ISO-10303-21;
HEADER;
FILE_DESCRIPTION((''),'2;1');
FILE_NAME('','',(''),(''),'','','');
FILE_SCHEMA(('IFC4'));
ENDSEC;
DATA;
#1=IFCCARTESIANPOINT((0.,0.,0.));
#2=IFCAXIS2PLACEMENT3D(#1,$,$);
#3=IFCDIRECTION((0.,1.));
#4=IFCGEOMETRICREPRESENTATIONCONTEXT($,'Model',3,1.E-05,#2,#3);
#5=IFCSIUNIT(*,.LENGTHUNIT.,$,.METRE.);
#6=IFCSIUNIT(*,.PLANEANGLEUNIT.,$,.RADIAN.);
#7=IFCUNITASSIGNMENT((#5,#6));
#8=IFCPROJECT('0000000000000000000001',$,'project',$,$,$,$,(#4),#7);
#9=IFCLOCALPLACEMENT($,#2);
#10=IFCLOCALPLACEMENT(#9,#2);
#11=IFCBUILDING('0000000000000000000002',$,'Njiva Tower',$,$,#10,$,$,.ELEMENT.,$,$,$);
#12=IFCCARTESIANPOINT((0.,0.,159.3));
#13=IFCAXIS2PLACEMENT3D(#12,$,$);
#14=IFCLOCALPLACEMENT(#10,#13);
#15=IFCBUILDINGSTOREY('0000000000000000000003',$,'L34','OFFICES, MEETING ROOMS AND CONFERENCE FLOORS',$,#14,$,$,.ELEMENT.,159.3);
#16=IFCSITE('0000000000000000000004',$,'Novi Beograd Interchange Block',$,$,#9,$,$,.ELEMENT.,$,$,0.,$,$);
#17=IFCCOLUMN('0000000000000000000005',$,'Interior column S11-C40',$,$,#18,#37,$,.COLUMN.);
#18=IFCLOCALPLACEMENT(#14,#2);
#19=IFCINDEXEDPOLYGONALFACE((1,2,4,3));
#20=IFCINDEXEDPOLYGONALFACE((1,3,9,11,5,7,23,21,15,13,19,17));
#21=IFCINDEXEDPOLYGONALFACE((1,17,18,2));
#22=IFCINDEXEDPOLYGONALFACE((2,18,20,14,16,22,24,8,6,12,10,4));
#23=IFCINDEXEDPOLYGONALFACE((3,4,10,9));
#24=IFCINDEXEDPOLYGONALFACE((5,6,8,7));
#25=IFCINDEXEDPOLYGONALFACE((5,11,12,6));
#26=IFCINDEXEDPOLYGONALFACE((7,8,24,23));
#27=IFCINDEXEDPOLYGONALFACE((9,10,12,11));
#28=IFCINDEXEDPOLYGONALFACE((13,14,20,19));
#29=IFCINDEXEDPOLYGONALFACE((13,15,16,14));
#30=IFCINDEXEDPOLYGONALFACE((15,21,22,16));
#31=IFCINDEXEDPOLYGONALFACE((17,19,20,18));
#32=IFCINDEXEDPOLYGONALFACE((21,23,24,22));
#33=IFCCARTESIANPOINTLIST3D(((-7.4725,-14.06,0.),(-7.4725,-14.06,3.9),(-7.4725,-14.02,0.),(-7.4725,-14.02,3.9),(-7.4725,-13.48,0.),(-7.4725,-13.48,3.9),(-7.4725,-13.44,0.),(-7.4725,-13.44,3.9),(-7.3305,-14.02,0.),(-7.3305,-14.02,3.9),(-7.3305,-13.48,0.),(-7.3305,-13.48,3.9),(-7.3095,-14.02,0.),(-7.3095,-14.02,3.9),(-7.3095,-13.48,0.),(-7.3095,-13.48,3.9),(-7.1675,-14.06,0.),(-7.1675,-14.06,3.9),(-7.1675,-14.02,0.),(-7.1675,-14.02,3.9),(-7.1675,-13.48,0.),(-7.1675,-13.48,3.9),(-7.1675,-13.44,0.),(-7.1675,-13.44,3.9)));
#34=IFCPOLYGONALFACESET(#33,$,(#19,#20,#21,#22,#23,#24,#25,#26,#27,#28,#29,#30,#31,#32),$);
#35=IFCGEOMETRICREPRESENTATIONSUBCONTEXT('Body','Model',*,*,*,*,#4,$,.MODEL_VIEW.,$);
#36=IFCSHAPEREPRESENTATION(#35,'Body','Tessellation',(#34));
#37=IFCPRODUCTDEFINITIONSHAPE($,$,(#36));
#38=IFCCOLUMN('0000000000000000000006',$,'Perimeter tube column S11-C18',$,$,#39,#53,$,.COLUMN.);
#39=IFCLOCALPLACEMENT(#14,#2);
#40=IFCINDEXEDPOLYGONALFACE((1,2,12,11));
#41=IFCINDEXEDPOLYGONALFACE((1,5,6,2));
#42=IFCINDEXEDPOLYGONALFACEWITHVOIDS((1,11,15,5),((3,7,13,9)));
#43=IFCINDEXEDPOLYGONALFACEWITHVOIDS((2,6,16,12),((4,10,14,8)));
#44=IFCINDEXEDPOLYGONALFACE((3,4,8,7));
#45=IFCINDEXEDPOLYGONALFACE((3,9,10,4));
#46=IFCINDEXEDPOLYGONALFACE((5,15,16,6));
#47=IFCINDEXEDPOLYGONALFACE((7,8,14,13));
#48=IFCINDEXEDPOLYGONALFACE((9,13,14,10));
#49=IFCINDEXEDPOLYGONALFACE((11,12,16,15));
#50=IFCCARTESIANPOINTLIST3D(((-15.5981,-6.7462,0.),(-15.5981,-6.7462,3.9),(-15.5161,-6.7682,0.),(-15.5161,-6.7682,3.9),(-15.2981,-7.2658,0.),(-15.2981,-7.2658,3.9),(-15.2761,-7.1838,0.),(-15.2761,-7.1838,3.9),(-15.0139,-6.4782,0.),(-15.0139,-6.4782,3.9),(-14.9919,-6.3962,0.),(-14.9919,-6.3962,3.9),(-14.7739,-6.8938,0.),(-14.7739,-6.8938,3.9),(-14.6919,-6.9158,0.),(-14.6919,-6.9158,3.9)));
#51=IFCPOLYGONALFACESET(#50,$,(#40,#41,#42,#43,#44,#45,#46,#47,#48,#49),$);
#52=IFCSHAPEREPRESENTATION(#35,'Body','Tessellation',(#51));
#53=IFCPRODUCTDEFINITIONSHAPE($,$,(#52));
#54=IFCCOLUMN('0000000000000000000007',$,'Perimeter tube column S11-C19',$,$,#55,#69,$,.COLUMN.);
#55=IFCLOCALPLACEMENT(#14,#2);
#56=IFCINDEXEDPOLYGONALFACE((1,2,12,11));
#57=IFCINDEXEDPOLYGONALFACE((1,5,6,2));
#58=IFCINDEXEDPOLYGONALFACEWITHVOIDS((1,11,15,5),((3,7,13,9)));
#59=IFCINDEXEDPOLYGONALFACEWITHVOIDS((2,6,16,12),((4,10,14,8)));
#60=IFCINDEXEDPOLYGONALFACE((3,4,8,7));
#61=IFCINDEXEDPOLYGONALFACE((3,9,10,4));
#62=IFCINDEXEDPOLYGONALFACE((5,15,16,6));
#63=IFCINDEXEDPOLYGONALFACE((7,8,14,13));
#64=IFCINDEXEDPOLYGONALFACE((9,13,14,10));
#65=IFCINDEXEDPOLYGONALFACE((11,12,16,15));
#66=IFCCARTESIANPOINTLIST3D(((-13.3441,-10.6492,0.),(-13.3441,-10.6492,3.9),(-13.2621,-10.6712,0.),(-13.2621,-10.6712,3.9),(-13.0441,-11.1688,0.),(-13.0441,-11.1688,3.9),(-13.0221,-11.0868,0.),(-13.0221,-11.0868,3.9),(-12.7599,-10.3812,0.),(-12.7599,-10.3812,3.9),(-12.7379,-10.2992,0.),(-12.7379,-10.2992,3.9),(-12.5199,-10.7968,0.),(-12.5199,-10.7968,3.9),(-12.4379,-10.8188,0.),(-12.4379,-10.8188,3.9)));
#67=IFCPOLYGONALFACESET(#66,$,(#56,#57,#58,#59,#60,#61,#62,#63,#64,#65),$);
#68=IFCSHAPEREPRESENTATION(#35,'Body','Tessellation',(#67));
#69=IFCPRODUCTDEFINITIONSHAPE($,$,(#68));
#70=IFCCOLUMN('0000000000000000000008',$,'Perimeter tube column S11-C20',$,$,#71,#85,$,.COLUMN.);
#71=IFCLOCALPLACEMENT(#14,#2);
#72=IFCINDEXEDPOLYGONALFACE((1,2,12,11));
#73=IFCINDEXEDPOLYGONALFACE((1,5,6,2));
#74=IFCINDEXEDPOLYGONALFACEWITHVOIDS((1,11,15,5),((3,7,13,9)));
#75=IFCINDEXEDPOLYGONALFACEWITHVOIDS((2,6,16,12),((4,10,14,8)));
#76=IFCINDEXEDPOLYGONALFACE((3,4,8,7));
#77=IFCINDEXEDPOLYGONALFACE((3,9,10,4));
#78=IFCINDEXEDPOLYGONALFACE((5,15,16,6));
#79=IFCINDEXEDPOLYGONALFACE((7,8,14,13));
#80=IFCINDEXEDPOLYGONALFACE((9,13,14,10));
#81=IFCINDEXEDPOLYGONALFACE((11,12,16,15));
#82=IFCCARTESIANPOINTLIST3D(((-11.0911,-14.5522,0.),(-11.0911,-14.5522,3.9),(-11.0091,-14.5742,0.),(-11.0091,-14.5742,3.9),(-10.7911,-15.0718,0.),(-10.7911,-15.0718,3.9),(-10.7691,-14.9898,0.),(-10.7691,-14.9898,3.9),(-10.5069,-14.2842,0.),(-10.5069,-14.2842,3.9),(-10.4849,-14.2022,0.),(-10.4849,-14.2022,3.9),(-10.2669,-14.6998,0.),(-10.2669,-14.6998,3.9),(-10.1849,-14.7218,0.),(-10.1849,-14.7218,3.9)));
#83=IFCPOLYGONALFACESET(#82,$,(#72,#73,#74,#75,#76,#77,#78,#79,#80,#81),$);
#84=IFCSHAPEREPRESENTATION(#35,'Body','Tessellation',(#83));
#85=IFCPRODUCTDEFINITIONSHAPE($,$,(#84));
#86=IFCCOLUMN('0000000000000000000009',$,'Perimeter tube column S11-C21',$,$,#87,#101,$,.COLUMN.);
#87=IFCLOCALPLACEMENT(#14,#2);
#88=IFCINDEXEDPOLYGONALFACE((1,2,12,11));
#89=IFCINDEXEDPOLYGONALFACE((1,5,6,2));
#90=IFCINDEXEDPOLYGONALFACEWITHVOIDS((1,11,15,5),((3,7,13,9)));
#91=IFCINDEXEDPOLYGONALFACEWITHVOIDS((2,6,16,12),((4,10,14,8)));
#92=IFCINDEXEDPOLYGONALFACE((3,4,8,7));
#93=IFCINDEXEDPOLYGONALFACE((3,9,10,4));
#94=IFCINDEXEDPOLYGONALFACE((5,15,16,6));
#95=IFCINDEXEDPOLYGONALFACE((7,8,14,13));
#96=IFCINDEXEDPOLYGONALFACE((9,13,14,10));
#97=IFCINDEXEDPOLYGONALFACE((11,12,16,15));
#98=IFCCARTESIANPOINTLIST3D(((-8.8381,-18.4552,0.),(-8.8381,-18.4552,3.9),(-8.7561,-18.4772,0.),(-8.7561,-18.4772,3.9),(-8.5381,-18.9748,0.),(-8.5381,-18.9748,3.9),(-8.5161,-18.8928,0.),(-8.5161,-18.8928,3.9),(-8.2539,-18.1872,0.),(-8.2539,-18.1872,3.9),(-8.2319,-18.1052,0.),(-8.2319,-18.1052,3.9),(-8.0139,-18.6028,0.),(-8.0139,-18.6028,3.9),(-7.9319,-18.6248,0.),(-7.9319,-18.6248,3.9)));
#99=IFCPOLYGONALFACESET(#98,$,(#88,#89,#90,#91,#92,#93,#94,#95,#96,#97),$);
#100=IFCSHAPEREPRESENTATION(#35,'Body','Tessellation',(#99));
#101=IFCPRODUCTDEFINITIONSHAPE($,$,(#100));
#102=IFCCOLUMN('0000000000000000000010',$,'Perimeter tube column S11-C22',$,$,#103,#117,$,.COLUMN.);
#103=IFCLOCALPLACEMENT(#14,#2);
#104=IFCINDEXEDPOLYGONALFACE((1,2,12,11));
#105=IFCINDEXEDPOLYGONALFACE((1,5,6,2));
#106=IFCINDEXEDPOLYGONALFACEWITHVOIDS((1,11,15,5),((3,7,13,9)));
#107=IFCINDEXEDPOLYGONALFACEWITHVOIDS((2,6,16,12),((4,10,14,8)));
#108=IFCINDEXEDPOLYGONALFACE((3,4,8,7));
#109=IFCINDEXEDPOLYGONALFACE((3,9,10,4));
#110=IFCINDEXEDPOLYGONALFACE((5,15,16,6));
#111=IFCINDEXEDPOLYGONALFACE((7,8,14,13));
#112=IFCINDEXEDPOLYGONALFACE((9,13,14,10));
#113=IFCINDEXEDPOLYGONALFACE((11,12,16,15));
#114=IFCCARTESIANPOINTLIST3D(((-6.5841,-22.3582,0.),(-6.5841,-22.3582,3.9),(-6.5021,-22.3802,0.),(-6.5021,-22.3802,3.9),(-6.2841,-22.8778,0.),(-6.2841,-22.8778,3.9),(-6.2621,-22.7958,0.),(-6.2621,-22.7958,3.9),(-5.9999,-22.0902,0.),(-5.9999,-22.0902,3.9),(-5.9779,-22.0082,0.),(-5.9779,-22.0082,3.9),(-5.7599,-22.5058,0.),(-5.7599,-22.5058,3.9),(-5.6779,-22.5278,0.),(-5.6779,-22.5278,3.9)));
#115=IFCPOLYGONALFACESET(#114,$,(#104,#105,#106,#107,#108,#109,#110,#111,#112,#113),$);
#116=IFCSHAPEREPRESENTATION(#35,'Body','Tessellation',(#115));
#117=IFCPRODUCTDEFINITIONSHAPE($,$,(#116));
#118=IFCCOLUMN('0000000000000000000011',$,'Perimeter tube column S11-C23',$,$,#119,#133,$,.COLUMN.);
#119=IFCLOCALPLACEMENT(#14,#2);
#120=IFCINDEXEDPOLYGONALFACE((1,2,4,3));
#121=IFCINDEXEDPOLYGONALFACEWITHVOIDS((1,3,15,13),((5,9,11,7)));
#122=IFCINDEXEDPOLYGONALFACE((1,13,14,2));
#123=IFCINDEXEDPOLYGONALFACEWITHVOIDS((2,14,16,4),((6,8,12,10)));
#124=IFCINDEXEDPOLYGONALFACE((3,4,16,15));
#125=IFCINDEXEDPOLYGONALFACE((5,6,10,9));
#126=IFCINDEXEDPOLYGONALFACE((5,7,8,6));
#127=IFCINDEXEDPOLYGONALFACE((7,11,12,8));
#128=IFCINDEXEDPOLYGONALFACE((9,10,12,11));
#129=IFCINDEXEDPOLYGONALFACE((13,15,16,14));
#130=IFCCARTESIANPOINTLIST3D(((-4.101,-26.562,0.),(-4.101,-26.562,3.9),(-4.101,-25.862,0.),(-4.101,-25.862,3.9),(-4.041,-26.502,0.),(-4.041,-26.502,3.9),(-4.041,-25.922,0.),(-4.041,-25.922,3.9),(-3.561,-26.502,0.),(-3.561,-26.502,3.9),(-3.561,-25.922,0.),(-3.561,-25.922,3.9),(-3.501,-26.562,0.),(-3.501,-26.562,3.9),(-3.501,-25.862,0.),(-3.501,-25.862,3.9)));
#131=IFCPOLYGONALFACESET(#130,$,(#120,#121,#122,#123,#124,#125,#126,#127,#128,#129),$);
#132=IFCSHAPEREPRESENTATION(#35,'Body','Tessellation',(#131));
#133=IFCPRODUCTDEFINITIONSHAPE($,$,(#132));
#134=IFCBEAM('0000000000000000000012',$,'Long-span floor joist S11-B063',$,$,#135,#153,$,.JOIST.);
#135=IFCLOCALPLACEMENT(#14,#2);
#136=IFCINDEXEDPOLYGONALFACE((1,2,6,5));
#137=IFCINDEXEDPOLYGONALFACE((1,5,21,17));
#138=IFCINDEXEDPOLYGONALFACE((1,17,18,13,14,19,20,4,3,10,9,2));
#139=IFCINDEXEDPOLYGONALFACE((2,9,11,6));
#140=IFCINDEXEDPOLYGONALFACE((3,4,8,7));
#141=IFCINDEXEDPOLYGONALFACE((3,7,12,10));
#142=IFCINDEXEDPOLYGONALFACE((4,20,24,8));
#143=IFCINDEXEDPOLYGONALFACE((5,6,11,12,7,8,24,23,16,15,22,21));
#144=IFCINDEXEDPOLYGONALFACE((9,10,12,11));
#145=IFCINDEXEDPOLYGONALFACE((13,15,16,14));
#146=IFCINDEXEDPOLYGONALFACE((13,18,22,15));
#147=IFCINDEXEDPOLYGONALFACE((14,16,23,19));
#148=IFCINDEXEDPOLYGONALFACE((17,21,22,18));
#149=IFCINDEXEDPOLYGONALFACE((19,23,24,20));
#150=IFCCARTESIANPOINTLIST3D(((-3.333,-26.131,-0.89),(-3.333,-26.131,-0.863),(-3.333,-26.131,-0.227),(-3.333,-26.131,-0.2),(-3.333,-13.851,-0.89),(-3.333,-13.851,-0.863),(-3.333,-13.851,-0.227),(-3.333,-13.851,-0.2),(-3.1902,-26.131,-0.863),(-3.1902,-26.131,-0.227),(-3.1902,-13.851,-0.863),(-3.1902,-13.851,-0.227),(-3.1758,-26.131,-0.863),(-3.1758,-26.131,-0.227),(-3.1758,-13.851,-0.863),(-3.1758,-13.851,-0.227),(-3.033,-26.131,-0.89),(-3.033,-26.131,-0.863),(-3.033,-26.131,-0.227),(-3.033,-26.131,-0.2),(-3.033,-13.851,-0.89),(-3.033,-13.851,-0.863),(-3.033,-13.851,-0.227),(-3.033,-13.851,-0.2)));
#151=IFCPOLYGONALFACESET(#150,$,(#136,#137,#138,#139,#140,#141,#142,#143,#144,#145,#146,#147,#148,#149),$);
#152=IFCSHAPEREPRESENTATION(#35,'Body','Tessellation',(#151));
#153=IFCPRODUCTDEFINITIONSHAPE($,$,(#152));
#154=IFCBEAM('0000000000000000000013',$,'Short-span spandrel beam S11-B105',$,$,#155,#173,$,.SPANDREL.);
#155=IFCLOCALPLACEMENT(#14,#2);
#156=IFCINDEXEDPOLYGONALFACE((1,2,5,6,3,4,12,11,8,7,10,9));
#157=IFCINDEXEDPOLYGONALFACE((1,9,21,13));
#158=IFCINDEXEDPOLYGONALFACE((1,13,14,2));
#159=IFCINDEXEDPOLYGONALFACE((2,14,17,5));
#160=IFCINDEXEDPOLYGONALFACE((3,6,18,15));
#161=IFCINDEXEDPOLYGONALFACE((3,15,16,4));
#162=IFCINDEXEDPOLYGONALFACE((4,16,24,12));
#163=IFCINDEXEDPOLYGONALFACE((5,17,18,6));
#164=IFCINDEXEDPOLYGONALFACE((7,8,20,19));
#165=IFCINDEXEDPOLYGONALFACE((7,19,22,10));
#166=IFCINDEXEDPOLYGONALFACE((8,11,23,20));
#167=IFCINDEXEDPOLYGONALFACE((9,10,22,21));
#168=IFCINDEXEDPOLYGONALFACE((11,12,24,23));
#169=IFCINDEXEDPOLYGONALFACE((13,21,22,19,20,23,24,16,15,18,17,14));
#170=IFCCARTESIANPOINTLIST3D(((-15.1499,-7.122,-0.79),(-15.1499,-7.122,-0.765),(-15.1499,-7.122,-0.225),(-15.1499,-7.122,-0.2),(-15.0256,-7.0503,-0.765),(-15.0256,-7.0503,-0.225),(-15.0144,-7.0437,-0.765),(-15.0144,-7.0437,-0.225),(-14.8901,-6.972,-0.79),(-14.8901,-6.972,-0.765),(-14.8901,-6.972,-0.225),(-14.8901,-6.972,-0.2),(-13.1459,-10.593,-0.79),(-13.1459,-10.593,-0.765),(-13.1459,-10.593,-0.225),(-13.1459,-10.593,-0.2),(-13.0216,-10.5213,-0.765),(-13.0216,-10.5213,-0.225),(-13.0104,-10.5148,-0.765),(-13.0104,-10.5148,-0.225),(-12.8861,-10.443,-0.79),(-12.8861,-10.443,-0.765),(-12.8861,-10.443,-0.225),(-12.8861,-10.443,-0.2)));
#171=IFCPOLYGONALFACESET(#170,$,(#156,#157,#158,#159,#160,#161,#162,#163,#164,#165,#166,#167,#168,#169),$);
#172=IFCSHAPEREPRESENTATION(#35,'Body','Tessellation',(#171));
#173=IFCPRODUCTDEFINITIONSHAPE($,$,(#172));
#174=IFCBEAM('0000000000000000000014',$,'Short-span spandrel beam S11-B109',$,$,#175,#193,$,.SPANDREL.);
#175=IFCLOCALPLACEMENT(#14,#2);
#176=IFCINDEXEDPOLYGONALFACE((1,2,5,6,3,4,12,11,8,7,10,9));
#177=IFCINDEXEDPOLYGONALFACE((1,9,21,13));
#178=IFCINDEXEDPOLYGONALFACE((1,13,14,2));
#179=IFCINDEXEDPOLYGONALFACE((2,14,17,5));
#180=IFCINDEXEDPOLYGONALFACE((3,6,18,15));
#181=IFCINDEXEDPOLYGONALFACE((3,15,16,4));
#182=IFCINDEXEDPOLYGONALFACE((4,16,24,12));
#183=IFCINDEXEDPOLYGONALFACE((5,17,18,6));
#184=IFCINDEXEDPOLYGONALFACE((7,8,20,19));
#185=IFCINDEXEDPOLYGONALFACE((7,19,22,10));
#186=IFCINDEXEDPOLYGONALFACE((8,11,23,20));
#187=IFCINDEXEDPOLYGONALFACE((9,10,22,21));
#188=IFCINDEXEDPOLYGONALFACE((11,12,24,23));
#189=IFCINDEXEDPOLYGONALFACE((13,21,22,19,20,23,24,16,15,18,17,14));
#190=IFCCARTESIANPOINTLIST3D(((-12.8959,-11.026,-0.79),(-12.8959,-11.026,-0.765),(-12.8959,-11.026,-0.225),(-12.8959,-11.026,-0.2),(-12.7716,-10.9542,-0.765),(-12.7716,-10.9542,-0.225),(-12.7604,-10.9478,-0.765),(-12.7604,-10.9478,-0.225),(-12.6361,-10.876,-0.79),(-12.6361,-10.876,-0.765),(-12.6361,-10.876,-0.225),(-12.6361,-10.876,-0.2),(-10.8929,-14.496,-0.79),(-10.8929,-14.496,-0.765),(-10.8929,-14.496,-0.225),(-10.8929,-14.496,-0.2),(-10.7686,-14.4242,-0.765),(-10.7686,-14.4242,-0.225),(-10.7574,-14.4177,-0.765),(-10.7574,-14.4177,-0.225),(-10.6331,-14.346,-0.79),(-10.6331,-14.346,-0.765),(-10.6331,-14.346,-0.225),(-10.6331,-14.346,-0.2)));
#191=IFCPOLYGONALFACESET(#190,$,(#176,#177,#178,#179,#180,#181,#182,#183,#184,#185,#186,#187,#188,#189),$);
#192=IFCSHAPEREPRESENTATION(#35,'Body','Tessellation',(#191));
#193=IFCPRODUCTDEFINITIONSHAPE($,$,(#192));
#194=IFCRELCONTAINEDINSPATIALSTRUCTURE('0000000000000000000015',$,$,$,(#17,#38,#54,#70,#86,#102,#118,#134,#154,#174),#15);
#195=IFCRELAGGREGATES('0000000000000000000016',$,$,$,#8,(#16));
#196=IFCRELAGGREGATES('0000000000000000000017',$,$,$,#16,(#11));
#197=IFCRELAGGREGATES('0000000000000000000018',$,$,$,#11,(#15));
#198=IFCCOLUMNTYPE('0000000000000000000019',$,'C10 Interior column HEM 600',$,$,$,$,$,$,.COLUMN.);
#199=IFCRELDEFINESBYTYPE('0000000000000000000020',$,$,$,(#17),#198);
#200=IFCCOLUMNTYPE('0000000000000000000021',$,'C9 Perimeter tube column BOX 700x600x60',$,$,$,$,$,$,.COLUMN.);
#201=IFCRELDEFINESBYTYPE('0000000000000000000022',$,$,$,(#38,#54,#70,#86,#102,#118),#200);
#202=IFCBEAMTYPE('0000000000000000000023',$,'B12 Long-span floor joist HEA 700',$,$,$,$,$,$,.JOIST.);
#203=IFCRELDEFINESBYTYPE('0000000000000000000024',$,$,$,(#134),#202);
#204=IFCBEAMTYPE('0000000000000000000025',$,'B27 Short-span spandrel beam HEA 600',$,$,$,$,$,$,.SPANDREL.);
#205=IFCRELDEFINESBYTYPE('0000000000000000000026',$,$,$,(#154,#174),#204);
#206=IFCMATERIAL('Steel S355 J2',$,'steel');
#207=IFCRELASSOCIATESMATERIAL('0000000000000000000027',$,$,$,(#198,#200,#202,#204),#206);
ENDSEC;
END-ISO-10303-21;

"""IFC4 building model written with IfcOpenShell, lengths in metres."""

from ifc_helpers import new_model, si_unit, direction, frame, origin, origin_2d, place, context, subcontext, project, spatial, hollow_rectangle, i_section, extrude, material, material_profile, profile_set, type_object, element, save


model = new_model("IFC4")

# Units and contexts
model_context = context("Model", 3, precision=1e-05, world=origin(), true_north=direction((0.0, 1.0)))
body_context = subcontext(model_context, "Body", "Model", "MODEL_VIEW")
ifc_project = project(units=[si_unit("LENGTHUNIT", "METRE"), si_unit("PLANEANGLEUNIT", "RADIAN")], contexts=[model_context])

# Site, building, storey
site_placement = place(None, origin())
site = spatial("IfcSite", under=ifc_project, at=site_placement, Name="Novi Beograd Interchange Block", CompositionType="ELEMENT", RefElevation=0.0)
building_placement = place(site_placement, origin())
building = spatial("IfcBuilding", under=site, at=building_placement, Name="Njiva Tower", CompositionType="ELEMENT")
storey_placement = place(building_placement, frame((0.0, 0.0, 159.3)))
storey = spatial("IfcBuildingStorey", under=building, at=storey_placement, Name="L34", Description="OFFICES, MEETING ROOMS AND CONFERENCE FLOORS", CompositionType="ELEMENT", Elevation=159.3)

# Columns
ifc_material_1 = material(Name="Steel S355 J2", Category="steel")
ifc_material_profile_1 = material_profile(ifc_material_1, i_section(OverallWidth=0.305, OverallDepth=0.62, WebThickness=0.021, FlangeThickness=0.04, at=origin_2d()), Name="HEM 600")
ifc_profile_set_1 = profile_set([ifc_material_profile_1], Name="Steel S355 J2")
column_type_1 = type_object("IfcColumnType", Name="C10 Interior column HEM 600", PredefinedType="COLUMN", material=ifc_profile_set_1)
column_placement = place(storey_placement, frame((-7.32, -13.75, 0.0), z_axis=(0.0, 0.0, 1.0), x_axis=(1.0, 0.0, 0.0)))
element("IfcColumn", 1, at=column_placement, inside=storey, type_object=column_type_1, Name="Interior column S11-C40", PredefinedType="COLUMN", context=body_context, shape_type="SweptSolid", body=[
    extrude(i_section(OverallWidth=0.305, OverallDepth=0.62, WebThickness=0.021, FlangeThickness=0.04, at=origin_2d()), origin(), (0.0, 0.0, 1.0), 3.9),
])
ifc_material_profile_2 = material_profile(ifc_material_1, hollow_rectangle(XDim=0.6, YDim=0.7, WallThickness=0.06, at=origin_2d()), Name="BOX 700x600x60")
ifc_profile_set_2 = profile_set([ifc_material_profile_2], Name="Steel S355 J2")
column_type_2 = type_object("IfcColumnType", Name="C9 Perimeter tube column BOX 700x600x60", PredefinedType="COLUMN", material=ifc_profile_set_2)
for number, where, z_axis, x_axis, name in (
    (2, (-15.145, -6.831, 0.0), (0.0, 0.0, 1.0), (0.5, -0.866025, 0.0), "Perimeter tube column S11-C18"),
    (3, (-12.891, -10.734, 0.0), (0.0, 0.0, 1.0), (0.5, -0.866025, 0.0), "Perimeter tube column S11-C19"),
    (4, (-10.638, -14.637, 0.0), (0.0, 0.0, 1.0), (0.5, -0.866025, 0.0), "Perimeter tube column S11-C20"),
    (5, (-8.385, -18.54, 0.0), (0.0, 0.0, 1.0), (0.5, -0.866025, 0.0), "Perimeter tube column S11-C21"),
    (6, (-6.131, -22.443, 0.0), (0.0, 0.0, 1.0), (0.5, -0.866025, 0.0), "Perimeter tube column S11-C22"),
    (7, (-3.801, -26.212, 0.0), (0.0, 0.0, 1.0), (1.0, 0.0, 0.0), "Perimeter tube column S11-C23"),
):
    element("IfcColumn", number, at=place(storey_placement, frame(where, z_axis=z_axis, x_axis=x_axis)), inside=storey, type_object=column_type_2, Name=name, PredefinedType="COLUMN", context=body_context, shape_type="SweptSolid", body=[
        extrude(hollow_rectangle(XDim=0.6, YDim=0.7, WallThickness=0.06, at=origin_2d()), origin(), (0.0, 0.0, 1.0), 3.9),
    ])

# Beams
ifc_material_profile_3 = material_profile(ifc_material_1, i_section(OverallWidth=0.3, OverallDepth=0.69, WebThickness=0.0145, FlangeThickness=0.027, at=origin_2d()), Name="HEA 700")
ifc_profile_set_3 = profile_set([ifc_material_profile_3], Name="Steel S355 J2")
beam_type_1 = type_object("IfcBeamType", Name="B12 Long-span floor joist HEA 700", PredefinedType="JOIST", material=ifc_profile_set_3)
beam_1_placement = place(storey_placement, frame((-3.183, -13.851, -0.545), z_axis=(0.0, -1.0, 0.0), x_axis=(1.0, 0.0, 0.0)))
element("IfcBeam", 8, at=beam_1_placement, inside=storey, type_object=beam_type_1, Name="Long-span floor joist S11-B063", PredefinedType="JOIST", context=body_context, shape_type="SweptSolid", body=[
    extrude(i_section(OverallWidth=0.3, OverallDepth=0.69, WebThickness=0.0145, FlangeThickness=0.027, at=origin_2d()), origin(), (0.0, 0.0, 1.0), 12.28),
])
ifc_material_profile_4 = material_profile(ifc_material_1, i_section(OverallWidth=0.3, OverallDepth=0.59, WebThickness=0.013, FlangeThickness=0.025, at=origin_2d()), Name="HEA 600")
ifc_profile_set_4 = profile_set([ifc_material_profile_4], Name="Steel S355 J2")
beam_type_2 = type_object("IfcBeamType", Name="B27 Short-span spandrel beam HEA 600", PredefinedType="SPANDREL", material=ifc_profile_set_4)
beam_2_placement = place(storey_placement, frame((-15.02, -7.047, -0.495), z_axis=(0.500003, -0.866024, 0.0), x_axis=(0.866024, 0.500003, 0.0)))
element("IfcBeam", 9, at=beam_2_placement, inside=storey, type_object=beam_type_2, Name="Short-span spandrel beam S11-B105", PredefinedType="SPANDREL", context=body_context, shape_type="SweptSolid", body=[
    extrude(i_section(OverallWidth=0.3, OverallDepth=0.59, WebThickness=0.013, FlangeThickness=0.025, at=origin_2d()), origin(), (0.0, 0.0, 1.0), 4.008),
])
beam_3_placement = place(storey_placement, frame((-12.766, -10.951, -0.495), z_axis=(0.499924, -0.866069, 0.0), x_axis=(0.866069, 0.499924, 0.0)))
element("IfcBeam", 10, at=beam_3_placement, inside=storey, type_object=beam_type_2, Name="Short-span spandrel beam S11-B109", PredefinedType="SPANDREL", context=body_context, shape_type="SweptSolid", body=[
    extrude(i_section(OverallWidth=0.3, OverallDepth=0.59, WebThickness=0.013, FlangeThickness=0.025, at=origin_2d()), origin(), (0.0, 0.0, 1.0), 4.0066),
])

save(model, "model.ifc")
